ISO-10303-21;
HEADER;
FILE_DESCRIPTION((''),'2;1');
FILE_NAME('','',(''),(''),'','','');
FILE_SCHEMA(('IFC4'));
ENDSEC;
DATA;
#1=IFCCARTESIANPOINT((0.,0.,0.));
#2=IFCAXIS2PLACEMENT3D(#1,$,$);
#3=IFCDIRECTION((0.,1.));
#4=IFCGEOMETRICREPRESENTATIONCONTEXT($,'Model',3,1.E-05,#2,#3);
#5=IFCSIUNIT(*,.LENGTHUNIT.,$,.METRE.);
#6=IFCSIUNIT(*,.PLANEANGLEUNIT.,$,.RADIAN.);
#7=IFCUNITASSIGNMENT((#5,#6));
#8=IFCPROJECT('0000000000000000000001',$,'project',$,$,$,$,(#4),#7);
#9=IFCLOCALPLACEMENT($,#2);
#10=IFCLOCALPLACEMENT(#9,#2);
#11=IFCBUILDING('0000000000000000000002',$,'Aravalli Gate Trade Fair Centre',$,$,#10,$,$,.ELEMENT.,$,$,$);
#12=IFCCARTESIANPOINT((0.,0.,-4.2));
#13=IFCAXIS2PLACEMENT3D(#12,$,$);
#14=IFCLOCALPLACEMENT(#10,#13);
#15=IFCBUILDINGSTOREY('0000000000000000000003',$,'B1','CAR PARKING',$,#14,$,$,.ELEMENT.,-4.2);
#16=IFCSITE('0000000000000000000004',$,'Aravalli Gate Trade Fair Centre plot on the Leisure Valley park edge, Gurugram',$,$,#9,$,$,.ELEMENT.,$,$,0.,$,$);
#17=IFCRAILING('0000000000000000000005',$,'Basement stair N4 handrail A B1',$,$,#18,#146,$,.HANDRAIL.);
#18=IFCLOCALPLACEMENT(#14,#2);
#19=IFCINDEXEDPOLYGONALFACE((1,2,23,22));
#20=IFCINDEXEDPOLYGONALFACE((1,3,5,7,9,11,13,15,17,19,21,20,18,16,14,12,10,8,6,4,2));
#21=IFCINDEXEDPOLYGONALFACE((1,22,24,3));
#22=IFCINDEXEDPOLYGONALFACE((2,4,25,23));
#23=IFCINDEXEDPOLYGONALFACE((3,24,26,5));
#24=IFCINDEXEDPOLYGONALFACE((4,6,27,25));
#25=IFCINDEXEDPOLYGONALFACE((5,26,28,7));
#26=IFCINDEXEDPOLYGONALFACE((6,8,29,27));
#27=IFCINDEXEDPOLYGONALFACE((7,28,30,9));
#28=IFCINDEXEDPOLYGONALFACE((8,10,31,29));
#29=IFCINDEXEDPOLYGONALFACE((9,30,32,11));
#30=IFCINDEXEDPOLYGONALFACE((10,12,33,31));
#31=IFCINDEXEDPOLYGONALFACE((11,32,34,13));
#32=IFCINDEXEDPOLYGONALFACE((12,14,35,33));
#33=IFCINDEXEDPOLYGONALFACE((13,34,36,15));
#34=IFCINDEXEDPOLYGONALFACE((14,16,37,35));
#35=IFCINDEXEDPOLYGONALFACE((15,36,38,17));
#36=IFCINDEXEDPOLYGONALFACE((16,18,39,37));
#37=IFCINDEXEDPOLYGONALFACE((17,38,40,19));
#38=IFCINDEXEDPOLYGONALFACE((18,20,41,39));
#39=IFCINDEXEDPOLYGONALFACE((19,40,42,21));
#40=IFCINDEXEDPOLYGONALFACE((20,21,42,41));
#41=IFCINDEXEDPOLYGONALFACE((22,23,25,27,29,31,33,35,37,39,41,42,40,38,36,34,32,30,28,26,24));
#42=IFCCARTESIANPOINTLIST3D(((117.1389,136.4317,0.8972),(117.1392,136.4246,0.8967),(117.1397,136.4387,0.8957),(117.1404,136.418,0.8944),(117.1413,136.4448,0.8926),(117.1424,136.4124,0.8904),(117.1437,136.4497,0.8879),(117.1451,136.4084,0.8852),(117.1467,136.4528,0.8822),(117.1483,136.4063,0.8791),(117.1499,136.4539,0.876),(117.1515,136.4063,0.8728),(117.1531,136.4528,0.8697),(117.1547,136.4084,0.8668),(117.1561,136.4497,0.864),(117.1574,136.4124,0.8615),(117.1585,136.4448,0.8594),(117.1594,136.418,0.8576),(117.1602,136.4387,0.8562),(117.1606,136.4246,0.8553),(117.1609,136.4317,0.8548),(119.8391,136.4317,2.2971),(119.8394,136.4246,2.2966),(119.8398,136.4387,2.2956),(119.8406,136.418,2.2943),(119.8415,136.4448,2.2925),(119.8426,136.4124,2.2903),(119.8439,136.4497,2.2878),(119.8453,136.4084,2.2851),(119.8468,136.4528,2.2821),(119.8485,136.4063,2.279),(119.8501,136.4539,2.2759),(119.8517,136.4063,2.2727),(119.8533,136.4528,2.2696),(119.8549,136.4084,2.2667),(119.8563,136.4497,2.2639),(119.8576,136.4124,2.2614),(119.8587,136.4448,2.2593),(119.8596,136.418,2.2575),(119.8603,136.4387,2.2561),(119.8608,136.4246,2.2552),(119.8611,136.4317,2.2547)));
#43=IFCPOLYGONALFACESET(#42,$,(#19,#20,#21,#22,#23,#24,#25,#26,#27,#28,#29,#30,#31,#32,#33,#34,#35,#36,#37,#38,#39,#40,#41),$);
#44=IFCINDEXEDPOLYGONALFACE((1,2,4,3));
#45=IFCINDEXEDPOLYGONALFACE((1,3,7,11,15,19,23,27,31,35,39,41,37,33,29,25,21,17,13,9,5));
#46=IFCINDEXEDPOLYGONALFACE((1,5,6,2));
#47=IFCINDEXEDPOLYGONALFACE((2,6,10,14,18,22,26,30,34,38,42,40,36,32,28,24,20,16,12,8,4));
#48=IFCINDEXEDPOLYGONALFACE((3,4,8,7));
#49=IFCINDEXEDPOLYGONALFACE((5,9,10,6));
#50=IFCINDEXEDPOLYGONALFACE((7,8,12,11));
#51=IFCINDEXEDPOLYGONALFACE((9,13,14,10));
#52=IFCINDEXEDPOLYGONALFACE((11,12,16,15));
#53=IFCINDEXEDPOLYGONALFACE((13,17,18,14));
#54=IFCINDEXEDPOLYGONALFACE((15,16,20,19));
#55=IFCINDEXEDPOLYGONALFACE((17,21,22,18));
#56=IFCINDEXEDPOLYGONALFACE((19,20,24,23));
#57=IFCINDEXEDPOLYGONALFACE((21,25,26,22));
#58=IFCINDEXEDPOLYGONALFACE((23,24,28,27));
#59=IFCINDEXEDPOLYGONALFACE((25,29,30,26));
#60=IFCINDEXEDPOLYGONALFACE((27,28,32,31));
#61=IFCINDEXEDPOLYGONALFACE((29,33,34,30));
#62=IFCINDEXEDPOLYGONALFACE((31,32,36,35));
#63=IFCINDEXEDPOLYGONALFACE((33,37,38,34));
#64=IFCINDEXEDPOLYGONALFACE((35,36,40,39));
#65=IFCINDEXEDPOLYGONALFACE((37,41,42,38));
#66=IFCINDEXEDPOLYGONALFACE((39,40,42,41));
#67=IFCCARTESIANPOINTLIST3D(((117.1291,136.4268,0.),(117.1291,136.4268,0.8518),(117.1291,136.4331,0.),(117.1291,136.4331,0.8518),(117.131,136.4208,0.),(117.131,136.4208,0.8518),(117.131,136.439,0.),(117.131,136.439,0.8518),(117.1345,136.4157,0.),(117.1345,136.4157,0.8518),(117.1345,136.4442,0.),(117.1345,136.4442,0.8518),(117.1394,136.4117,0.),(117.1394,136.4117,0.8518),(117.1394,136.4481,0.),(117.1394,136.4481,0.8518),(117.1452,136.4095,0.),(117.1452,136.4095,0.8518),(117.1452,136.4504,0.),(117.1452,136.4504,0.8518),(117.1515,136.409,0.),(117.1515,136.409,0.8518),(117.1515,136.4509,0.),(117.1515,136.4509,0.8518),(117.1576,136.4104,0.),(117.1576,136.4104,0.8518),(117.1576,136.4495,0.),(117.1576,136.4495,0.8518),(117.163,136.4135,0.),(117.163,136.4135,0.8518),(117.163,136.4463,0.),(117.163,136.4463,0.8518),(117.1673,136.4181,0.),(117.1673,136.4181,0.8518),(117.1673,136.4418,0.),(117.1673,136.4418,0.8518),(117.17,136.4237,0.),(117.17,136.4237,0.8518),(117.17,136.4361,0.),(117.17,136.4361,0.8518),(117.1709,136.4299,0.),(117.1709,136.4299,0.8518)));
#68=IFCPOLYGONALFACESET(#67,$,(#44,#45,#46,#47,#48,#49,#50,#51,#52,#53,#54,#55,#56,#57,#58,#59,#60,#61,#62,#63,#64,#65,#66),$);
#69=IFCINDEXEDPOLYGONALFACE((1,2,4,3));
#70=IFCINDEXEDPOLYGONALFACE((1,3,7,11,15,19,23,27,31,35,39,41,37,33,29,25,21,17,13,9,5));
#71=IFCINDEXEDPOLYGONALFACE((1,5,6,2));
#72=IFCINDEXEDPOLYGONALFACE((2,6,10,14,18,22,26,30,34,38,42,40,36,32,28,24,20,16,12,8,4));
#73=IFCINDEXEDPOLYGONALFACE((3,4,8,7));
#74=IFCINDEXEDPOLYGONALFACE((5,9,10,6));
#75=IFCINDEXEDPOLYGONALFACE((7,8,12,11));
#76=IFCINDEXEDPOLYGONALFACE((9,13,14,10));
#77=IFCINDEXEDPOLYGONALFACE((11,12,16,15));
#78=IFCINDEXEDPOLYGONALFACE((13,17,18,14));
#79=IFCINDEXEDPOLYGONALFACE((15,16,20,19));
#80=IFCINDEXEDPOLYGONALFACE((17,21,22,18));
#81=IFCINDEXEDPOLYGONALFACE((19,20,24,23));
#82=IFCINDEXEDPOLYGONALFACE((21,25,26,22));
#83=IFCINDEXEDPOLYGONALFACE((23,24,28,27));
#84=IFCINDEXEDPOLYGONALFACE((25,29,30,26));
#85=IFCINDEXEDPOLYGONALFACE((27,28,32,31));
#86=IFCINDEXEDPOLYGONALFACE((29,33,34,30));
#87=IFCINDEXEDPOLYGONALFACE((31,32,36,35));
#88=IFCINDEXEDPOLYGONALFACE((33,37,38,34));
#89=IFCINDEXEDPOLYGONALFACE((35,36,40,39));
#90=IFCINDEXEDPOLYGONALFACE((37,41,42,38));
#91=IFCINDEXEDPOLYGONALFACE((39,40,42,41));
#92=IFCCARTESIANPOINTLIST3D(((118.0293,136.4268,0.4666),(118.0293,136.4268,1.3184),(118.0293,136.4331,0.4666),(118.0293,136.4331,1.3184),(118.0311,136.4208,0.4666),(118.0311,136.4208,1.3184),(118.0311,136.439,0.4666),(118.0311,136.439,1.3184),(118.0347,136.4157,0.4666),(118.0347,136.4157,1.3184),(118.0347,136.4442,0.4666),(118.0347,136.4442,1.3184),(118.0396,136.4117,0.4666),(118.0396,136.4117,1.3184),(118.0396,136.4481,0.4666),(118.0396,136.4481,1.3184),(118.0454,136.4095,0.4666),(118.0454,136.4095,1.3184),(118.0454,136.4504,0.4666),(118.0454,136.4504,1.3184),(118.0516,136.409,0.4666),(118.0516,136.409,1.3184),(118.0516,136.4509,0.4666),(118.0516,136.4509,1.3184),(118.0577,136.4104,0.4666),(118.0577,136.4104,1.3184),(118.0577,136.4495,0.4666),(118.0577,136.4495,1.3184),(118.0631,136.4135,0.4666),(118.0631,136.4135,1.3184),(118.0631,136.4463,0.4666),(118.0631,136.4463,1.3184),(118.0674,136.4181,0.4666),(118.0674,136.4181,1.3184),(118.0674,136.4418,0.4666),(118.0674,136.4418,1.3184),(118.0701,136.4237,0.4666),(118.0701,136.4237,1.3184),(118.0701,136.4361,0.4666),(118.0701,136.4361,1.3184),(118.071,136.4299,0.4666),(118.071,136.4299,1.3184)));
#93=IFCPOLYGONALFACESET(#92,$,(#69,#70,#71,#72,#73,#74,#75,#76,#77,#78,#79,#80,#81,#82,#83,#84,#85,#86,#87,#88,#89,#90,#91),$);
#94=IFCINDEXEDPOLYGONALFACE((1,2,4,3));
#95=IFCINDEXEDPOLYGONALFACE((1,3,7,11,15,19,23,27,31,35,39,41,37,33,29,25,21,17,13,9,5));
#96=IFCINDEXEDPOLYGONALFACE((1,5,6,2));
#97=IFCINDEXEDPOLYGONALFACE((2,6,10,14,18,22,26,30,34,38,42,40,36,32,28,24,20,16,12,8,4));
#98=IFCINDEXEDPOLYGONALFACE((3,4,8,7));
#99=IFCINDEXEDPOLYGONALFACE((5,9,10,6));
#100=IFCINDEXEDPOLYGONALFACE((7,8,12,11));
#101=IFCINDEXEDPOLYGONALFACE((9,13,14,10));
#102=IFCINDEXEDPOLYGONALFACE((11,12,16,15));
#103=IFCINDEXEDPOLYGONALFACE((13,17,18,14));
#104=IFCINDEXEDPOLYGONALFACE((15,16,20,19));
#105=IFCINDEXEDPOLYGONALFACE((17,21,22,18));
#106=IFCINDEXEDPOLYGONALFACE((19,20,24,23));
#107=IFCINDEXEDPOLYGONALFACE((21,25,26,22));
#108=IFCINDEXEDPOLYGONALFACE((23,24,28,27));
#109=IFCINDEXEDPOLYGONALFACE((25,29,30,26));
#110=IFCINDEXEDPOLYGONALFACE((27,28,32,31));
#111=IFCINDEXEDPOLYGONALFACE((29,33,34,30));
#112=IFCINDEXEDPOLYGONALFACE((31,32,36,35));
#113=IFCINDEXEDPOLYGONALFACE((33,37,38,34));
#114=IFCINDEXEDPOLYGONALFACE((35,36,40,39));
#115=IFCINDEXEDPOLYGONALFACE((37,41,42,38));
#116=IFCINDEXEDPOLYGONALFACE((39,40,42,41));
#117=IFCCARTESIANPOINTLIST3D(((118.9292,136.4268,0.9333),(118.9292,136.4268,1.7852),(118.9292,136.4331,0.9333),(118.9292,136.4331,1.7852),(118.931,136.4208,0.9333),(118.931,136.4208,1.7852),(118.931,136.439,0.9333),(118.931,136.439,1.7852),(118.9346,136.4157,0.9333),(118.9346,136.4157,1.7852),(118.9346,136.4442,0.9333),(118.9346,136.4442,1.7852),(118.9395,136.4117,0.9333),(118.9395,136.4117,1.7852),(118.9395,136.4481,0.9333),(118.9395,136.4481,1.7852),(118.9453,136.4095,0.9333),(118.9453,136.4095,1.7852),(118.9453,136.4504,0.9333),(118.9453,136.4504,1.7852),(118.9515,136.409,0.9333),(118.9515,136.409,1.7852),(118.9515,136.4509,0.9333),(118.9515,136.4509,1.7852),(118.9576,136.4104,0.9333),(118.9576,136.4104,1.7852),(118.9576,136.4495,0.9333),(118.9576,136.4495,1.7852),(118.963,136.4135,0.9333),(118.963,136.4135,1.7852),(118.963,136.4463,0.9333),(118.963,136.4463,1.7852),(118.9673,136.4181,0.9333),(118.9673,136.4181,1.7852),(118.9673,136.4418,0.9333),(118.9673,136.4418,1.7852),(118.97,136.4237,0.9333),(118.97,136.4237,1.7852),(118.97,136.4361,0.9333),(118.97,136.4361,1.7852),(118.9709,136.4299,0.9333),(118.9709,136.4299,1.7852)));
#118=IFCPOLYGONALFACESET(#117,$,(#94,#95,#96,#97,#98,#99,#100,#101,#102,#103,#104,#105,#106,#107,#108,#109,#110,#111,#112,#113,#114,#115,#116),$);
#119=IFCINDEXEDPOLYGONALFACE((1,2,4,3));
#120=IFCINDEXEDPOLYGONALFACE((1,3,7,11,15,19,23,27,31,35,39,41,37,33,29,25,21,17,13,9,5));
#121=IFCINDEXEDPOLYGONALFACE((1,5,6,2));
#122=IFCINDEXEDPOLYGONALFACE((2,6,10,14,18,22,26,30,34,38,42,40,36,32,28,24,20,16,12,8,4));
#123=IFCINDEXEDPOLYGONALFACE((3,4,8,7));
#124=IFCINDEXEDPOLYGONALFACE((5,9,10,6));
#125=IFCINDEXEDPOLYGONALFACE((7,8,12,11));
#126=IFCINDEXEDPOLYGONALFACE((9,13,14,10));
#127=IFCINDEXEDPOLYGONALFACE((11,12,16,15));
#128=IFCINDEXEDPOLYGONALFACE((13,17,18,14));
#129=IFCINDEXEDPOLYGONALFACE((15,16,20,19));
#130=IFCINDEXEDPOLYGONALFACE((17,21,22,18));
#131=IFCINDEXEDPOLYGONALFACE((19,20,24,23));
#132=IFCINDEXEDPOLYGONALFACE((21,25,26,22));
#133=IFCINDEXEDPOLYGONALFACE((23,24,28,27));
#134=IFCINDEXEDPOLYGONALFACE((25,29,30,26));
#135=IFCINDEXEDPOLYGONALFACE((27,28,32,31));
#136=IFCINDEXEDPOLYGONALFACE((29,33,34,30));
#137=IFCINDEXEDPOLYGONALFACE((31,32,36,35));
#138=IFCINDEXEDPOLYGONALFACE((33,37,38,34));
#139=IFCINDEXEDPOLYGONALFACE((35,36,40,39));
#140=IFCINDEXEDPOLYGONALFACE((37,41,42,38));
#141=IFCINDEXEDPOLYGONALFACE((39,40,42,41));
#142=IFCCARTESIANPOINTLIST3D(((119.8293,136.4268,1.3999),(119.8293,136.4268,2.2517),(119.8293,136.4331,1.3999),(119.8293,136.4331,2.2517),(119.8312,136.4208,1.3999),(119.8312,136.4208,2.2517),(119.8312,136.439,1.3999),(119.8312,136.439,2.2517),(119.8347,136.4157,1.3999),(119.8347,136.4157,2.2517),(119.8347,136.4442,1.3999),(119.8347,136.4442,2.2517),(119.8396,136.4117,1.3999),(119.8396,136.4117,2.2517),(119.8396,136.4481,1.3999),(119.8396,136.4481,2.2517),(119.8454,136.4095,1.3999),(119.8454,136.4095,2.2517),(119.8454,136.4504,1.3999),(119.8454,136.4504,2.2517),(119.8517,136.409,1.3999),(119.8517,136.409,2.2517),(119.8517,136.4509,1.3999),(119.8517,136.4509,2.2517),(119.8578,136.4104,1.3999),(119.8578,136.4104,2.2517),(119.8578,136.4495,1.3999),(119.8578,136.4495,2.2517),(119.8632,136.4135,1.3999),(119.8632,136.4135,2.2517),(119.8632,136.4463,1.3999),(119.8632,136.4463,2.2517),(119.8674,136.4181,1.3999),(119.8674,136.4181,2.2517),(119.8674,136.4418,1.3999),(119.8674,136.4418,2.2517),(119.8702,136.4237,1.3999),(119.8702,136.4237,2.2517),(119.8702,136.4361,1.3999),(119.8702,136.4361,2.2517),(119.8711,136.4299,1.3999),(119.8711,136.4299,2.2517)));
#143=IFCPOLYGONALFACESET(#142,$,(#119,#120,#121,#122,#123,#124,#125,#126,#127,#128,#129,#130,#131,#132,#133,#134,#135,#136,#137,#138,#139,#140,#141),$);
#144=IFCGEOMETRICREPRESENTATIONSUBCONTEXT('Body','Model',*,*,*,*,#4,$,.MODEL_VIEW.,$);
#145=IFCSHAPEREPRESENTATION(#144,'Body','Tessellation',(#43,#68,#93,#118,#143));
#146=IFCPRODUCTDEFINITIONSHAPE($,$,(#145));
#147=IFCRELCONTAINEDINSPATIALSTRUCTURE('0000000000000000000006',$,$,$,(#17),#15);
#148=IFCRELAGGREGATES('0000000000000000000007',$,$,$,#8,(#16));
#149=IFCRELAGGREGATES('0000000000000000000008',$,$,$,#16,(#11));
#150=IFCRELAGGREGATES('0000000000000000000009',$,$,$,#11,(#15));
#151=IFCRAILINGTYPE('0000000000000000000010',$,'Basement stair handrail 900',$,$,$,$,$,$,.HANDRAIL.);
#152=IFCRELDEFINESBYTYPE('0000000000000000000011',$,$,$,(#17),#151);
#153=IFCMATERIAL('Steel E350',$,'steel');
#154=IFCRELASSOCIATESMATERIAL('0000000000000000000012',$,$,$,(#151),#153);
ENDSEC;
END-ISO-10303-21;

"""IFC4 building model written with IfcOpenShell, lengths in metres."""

from ifc_helpers import new_model, si_unit, direction, frame, origin, origin_2d, place, context, subcontext, project, spatial, circle, extrude, material, type_object, element, save


model = new_model("IFC4")

# Units and contexts
model_context = context("Model", 3, precision=1e-05, world=origin(), true_north=direction((0.0, 1.0)))
body_context = subcontext(model_context, "Body", "Model", "MODEL_VIEW")
ifc_project = project(units=[si_unit("LENGTHUNIT", "METRE"), si_unit("PLANEANGLEUNIT", "RADIAN")], contexts=[model_context])

# Site, building, storey
site_placement = place(None, origin())
site = spatial("IfcSite", under=ifc_project, at=site_placement, Name="Aravalli Gate Trade Fair Centre plot on the Leisure Valley park edge, Gurugram", CompositionType="ELEMENT", RefElevation=0.0)
building_placement = place(site_placement, origin())
building = spatial("IfcBuilding", under=site, at=building_placement, Name="Aravalli Gate Trade Fair Centre", CompositionType="ELEMENT")
storey_placement = place(building_placement, frame((0.0, 0.0, -4.2)))
storey = spatial("IfcBuildingStorey", under=building, at=storey_placement, Name="B1", Description="CAR PARKING", CompositionType="ELEMENT", Elevation=-4.2)

# Railing
ifc_material_1 = material(Name="Steel E350", Category="steel")
railing_type_1 = type_object("IfcRailingType", Name="Basement stair handrail 900", PredefinedType="HANDRAIL", material=ifc_material_1)
for number, where, name in (
    (1, (117.1499, 136.4299, 0.0), "Basement stair N4 handrail A B1"),
):
    element("IfcRailing", number, at=place(storey_placement, frame(where)), inside=storey, type_object=railing_type_1, Name=name, PredefinedType="HANDRAIL", context=body_context, shape_type="SweptSolid", body=[
        extrude(circle(Radius=0.0239, at=origin_2d()), frame((0.0, 0.0, 0.876), z_axis=(0.887781, 0.0, 0.460266), x_axis=(0.0, 1.0, 0.0)), (0.0, 0.0, 1.0), 3.0415),
        extrude(circle(Radius=0.021, at=origin_2d()), origin(), (0.0, 0.0, 1.0), 0.8518),
        extrude(circle(Radius=0.021, at=origin_2d()), frame((0.9001, 0.0, 0.4666)), (0.0, 0.0, 1.0), 0.8518),
        extrude(circle(Radius=0.021, at=origin_2d()), frame((1.8, 0.0, 0.9333)), (0.0, 0.0, 1.0), 0.8518),
        extrude(circle(Radius=0.021, at=origin_2d()), frame((2.7002, 0.0, 1.3999)), (0.0, 0.0, 1.0), 0.8518),
    ])

save(model, "model.ifc")
